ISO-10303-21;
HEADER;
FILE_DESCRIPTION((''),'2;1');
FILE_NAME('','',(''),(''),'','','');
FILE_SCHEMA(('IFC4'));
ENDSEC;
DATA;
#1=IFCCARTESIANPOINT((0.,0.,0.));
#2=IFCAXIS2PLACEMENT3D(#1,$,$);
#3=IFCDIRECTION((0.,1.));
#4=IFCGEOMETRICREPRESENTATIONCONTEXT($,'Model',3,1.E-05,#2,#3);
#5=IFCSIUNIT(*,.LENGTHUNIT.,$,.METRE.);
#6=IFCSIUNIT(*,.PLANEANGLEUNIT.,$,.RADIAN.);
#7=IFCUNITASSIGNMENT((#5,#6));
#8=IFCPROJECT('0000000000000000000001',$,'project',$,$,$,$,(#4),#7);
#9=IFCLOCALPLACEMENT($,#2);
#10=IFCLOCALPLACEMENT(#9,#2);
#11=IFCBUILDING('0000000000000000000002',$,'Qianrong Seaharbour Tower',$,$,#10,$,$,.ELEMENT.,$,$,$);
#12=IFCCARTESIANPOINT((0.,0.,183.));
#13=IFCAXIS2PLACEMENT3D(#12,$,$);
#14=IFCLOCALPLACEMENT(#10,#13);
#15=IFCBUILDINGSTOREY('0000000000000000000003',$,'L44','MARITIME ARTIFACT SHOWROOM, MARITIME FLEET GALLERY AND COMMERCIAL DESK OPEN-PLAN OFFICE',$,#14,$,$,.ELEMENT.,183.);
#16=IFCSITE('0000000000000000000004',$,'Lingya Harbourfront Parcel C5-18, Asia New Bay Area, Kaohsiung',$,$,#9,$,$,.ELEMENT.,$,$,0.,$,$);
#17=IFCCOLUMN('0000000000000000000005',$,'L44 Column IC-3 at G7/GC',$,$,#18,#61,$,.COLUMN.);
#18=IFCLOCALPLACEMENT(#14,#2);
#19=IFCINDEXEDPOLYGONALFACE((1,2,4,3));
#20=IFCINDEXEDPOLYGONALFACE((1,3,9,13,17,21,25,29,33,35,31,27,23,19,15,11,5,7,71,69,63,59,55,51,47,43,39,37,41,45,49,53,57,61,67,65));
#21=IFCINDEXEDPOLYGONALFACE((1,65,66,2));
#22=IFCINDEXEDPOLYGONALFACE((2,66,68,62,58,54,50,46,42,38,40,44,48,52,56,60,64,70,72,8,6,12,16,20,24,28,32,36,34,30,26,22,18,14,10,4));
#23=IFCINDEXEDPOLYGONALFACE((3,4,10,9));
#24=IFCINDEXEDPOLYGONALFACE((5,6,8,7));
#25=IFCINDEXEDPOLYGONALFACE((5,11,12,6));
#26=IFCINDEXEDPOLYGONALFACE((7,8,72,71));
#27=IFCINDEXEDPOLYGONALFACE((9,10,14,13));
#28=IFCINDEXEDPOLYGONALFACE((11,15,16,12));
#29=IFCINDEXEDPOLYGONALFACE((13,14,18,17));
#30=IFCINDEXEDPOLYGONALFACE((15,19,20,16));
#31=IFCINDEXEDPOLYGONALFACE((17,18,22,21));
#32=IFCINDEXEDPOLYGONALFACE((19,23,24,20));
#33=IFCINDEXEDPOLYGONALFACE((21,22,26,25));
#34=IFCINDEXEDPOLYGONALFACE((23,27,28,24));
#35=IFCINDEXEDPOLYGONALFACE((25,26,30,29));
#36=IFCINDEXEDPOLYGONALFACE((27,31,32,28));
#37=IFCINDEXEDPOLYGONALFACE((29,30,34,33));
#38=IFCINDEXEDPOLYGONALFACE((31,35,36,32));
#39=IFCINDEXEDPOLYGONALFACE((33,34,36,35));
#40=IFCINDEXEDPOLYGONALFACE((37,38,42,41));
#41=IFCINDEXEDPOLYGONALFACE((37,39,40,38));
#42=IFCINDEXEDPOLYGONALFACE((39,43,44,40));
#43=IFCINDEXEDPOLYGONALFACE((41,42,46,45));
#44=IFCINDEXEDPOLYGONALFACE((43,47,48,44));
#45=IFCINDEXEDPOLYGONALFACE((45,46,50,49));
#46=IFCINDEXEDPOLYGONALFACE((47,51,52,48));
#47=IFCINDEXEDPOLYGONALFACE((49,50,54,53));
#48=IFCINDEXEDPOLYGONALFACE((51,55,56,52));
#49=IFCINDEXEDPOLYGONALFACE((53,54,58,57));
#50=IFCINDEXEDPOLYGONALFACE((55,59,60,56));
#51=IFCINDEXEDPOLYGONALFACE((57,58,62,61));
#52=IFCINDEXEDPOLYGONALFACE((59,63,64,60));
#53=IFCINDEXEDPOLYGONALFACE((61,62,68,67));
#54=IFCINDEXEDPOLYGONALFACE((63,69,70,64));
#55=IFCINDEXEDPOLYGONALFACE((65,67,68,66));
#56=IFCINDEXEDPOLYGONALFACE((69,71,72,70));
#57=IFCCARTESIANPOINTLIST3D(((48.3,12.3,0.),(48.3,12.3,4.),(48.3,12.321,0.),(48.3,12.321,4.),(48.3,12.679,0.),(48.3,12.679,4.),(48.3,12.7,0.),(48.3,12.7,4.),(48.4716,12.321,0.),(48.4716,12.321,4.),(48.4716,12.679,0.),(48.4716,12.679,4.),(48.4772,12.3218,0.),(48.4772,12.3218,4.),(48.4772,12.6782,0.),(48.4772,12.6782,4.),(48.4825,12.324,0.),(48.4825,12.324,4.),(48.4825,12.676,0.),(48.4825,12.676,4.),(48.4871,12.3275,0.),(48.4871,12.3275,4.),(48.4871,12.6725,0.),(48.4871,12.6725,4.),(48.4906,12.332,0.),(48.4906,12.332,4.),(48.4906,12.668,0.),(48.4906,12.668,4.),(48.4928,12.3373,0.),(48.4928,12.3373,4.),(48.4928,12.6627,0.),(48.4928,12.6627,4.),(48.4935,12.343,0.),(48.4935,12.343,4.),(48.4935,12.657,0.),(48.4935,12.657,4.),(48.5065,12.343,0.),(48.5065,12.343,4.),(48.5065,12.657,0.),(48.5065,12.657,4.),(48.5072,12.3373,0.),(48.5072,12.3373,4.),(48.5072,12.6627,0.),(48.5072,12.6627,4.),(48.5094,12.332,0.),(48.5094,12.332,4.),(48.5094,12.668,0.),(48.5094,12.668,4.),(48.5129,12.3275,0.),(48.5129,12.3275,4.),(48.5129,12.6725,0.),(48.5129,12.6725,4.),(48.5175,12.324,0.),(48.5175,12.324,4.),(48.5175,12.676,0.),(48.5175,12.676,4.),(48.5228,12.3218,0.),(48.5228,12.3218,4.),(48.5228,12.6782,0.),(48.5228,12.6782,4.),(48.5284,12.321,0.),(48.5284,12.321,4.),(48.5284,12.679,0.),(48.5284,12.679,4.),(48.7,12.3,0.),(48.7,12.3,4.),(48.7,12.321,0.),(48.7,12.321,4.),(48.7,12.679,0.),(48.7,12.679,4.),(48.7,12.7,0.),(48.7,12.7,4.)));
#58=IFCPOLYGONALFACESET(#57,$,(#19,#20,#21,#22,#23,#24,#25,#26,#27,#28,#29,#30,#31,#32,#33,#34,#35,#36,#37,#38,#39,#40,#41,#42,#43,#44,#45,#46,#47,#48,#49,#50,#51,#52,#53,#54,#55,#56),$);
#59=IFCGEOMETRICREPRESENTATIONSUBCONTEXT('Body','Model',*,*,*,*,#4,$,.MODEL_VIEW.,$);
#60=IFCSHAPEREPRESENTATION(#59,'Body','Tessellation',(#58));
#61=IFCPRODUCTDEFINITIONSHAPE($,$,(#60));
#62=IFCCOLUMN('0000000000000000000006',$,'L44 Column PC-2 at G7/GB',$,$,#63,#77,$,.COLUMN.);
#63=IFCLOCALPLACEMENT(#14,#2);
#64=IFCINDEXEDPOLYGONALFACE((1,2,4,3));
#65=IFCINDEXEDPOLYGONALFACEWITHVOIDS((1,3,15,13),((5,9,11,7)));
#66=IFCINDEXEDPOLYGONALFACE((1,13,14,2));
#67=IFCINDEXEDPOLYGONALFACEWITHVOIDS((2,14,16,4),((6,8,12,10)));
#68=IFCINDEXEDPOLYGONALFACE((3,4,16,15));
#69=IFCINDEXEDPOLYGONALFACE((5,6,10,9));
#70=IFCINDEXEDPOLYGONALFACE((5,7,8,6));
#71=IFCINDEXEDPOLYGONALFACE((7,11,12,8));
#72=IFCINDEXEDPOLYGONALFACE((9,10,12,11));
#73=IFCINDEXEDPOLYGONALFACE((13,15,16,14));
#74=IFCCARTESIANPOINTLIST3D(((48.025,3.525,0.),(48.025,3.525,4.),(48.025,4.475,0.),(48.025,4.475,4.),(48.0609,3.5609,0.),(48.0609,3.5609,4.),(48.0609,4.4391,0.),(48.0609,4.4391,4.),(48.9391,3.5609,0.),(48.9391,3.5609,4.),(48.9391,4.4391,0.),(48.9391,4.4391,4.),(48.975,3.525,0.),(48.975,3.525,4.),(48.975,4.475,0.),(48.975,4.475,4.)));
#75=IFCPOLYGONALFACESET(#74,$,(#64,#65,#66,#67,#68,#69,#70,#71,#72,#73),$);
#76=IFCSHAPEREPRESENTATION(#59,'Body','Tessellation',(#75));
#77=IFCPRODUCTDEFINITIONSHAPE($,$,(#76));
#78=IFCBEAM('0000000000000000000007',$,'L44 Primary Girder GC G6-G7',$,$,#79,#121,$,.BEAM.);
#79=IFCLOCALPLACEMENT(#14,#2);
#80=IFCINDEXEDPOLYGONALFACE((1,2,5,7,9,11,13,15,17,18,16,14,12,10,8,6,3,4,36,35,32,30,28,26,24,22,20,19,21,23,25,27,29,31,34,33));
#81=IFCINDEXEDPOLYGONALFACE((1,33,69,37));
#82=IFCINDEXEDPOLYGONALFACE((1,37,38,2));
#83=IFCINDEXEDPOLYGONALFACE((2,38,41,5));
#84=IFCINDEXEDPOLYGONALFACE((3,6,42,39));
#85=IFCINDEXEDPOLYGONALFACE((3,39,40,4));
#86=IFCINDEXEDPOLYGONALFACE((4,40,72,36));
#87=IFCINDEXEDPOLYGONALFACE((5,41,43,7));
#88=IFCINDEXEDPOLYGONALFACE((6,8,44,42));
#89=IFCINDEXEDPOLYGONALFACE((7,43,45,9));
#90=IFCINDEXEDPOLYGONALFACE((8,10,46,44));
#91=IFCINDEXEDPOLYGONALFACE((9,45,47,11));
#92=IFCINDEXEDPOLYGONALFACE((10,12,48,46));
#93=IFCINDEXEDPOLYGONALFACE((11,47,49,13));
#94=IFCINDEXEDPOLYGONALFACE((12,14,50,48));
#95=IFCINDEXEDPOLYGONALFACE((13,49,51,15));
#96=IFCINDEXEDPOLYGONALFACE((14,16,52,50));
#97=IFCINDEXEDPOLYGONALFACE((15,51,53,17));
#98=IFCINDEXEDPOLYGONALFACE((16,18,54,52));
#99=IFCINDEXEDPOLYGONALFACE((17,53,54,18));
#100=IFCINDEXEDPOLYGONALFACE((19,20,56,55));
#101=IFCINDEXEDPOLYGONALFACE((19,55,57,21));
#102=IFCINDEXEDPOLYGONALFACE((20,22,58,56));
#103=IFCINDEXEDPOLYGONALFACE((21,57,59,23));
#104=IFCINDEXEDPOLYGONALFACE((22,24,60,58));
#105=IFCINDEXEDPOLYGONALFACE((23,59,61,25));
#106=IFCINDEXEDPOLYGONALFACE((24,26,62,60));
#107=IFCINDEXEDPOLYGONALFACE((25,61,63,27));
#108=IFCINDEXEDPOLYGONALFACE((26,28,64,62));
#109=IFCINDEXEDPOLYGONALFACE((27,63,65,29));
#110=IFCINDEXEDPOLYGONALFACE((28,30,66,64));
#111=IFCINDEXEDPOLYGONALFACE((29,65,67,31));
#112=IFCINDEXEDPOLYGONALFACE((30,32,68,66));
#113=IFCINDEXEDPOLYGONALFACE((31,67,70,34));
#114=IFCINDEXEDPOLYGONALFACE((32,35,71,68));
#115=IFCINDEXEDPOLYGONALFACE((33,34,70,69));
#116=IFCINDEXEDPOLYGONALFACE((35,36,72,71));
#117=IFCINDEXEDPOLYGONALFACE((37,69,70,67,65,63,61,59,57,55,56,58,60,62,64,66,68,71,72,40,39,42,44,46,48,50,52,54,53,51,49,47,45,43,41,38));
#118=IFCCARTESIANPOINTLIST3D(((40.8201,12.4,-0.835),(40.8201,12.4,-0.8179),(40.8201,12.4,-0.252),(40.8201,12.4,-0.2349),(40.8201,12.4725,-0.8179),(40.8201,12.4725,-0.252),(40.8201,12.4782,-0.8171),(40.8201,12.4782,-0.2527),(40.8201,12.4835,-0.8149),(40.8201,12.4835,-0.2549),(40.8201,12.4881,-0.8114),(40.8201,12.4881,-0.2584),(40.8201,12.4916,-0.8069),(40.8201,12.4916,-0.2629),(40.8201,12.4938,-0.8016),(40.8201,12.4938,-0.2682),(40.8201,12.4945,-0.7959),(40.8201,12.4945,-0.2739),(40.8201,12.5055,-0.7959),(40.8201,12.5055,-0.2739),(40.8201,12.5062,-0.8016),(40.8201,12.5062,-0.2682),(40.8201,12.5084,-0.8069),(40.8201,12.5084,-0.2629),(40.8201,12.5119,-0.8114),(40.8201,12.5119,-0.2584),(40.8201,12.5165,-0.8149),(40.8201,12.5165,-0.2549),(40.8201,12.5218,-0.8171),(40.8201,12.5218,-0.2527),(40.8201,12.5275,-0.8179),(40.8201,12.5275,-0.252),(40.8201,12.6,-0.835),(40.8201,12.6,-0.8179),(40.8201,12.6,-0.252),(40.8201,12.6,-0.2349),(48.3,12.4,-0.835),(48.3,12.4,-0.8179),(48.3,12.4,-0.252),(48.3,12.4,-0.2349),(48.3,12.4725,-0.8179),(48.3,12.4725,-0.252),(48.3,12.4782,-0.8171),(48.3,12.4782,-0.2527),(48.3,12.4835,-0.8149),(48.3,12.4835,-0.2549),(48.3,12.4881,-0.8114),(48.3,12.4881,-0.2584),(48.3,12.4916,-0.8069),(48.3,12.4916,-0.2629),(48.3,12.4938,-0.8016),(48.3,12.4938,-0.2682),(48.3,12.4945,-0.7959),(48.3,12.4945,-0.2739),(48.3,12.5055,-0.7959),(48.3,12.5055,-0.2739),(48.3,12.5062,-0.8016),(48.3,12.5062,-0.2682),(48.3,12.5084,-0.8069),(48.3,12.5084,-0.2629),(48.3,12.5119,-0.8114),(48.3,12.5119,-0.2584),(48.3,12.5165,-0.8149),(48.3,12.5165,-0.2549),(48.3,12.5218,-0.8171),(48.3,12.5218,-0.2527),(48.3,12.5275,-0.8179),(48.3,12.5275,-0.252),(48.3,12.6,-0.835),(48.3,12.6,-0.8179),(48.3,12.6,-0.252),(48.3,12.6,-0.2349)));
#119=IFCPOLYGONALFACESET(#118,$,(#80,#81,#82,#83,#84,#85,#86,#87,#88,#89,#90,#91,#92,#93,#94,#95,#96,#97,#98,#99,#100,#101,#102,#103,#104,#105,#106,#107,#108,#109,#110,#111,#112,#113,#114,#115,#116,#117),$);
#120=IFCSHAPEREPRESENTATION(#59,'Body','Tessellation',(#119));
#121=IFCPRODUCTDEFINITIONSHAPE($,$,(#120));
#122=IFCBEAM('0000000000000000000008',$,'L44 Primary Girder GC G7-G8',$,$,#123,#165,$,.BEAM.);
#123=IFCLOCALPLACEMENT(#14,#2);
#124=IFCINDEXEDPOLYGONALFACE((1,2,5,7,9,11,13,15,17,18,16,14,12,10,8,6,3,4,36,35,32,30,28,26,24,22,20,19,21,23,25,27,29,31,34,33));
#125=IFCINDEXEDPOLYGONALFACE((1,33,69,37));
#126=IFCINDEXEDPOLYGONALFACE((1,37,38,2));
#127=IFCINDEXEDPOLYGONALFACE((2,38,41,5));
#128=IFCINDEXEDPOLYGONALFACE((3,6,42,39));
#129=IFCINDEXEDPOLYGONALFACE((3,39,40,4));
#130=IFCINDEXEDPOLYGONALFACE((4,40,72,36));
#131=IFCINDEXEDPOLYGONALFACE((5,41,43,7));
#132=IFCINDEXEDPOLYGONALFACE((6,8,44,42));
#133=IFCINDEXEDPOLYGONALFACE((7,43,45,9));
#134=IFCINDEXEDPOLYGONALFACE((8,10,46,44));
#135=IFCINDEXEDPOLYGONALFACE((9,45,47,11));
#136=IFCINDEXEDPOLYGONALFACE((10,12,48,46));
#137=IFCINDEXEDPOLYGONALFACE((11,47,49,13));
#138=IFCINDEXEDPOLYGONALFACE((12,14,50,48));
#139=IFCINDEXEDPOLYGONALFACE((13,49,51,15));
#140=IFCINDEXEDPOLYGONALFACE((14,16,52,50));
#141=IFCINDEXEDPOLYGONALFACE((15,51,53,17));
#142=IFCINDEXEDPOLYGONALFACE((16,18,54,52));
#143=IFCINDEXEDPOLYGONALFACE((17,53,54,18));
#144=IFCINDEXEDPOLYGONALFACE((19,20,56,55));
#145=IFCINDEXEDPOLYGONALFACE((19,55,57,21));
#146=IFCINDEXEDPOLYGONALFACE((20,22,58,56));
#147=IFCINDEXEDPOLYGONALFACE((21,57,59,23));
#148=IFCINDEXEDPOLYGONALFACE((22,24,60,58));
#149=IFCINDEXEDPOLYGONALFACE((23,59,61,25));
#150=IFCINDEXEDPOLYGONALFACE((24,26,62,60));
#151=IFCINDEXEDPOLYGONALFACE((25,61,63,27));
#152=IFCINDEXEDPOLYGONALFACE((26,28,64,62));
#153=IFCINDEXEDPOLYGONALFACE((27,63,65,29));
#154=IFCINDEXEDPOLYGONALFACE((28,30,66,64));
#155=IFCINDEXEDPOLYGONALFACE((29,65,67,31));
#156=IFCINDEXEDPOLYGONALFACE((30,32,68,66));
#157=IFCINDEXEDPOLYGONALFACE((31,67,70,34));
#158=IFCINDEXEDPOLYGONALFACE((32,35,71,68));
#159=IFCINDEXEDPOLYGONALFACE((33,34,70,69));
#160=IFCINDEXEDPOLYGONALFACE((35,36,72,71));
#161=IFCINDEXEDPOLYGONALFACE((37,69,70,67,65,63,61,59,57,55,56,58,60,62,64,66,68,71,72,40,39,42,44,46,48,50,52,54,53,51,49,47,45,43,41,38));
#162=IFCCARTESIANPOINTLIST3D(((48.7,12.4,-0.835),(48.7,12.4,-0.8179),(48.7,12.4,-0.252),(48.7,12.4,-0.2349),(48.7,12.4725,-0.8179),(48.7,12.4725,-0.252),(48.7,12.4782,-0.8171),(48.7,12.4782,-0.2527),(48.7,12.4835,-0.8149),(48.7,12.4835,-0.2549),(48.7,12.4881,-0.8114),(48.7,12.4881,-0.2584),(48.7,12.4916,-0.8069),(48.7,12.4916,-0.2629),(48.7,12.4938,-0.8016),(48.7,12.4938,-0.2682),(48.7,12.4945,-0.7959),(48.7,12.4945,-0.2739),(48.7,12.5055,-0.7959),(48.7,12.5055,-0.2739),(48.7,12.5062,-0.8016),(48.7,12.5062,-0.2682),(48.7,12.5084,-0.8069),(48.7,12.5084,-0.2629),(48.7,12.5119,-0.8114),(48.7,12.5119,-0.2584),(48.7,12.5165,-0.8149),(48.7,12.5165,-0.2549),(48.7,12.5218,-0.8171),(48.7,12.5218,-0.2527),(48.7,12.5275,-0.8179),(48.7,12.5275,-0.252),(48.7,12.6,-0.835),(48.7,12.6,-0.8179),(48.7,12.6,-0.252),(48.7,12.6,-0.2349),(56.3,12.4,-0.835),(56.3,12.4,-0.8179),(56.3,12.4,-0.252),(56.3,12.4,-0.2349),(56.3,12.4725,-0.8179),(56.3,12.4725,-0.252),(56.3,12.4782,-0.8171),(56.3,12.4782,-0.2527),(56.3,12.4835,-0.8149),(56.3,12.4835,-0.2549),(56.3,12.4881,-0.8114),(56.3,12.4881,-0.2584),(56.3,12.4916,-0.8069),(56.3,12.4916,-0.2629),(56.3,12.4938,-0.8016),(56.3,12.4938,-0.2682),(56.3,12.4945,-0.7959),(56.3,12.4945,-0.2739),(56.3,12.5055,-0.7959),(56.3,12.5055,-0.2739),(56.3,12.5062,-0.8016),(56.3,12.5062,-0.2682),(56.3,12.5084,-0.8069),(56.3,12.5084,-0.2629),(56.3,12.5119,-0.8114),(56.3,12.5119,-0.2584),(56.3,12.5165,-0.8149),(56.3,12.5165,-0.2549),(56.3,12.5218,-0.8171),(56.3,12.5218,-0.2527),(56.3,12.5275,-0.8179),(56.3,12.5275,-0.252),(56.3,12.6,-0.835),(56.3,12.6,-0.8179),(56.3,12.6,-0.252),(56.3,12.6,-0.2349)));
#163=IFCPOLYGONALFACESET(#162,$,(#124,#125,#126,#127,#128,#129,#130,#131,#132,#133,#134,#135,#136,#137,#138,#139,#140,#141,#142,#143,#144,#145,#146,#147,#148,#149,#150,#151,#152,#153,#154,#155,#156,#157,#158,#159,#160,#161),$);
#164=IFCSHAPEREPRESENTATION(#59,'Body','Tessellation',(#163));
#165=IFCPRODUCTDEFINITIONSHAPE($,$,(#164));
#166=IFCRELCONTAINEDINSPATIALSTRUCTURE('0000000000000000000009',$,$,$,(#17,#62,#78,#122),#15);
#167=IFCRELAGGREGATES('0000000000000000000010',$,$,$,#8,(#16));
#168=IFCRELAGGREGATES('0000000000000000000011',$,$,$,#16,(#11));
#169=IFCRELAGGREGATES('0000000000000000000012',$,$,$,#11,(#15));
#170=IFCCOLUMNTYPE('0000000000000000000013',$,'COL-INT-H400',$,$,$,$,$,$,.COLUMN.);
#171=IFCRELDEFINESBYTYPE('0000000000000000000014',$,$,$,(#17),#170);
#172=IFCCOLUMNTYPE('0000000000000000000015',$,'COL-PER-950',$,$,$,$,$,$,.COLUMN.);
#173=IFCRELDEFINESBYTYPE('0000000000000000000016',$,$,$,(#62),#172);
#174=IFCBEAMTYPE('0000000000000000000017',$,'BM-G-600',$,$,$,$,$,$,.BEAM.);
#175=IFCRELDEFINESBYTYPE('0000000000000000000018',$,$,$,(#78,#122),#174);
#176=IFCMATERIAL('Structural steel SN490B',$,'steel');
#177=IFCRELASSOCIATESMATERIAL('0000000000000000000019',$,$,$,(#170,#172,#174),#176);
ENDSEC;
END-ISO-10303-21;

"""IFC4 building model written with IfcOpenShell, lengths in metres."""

from ifc_helpers import new_model, si_unit, direction, frame, origin, origin_2d, place, context, subcontext, project, spatial, hollow_rectangle, i_section, extrude, material, material_profile, profile_set, type_object, element, save


model = new_model("IFC4")

# Units and contexts
model_context = context("Model", 3, precision=1e-05, world=origin(), true_north=direction((0.0, 1.0)))
body_context = subcontext(model_context, "Body", "Model", "MODEL_VIEW")
ifc_project = project(units=[si_unit("LENGTHUNIT", "METRE"), si_unit("PLANEANGLEUNIT", "RADIAN")], contexts=[model_context])

# Site, building, storey
site_placement = place(None, origin())
site = spatial("IfcSite", under=ifc_project, at=site_placement, Name="Lingya Harbourfront Parcel C5-18, Asia New Bay Area, Kaohsiung", CompositionType="ELEMENT", RefElevation=0.0)
building_placement = place(site_placement, origin())
building = spatial("IfcBuilding", under=site, at=building_placement, Name="Qianrong Seaharbour Tower", CompositionType="ELEMENT")
storey_placement = place(building_placement, frame((0.0, 0.0, 183.0)))
storey = spatial("IfcBuildingStorey", under=building, at=storey_placement, Name="L44", Description="MARITIME ARTIFACT SHOWROOM, MARITIME FLEET GALLERY AND COMMERCIAL DESK OPEN-PLAN OFFICE", CompositionType="ELEMENT", Elevation=183.0)

# Columns
ifc_material_1 = material(Name="Structural steel SN490B", Category="steel")
ifc_material_profile_1 = material_profile(ifc_material_1, i_section(OverallWidth=0.3999, OverallDepth=0.3999, WebThickness=0.0129, FlangeThickness=0.021, FilletRadius=0.022, at=origin_2d()), Name="H400x400x13x21")
ifc_profile_set_1 = profile_set([ifc_material_profile_1], Name="Structural steel SN490B")
column_type_1 = type_object("IfcColumnType", Name="COL-INT-H400", PredefinedType="COLUMN", material=ifc_profile_set_1)
column_1_placement = place(storey_placement, frame((48.5, 12.5, 0.0), z_axis=(0.0, 0.0, 1.0), x_axis=(1.0, 0.0, 0.0)))
element("IfcColumn", 1, at=column_1_placement, inside=storey, type_object=column_type_1, Name="L44 Column IC-3 at G7/GC", PredefinedType="COLUMN", context=body_context, shape_type="SweptSolid", body=[
    extrude(i_section(OverallWidth=0.3999, OverallDepth=0.3999, WebThickness=0.0129, FlangeThickness=0.021, FilletRadius=0.022, at=origin_2d()), origin(), (0.0, 0.0, 1.0), 4.0),
])
ifc_material_profile_2 = material_profile(ifc_material_1, hollow_rectangle(XDim=0.95, YDim=0.95, WallThickness=0.0359, at=origin_2d()), Name="BOX950x950x36")
ifc_profile_set_2 = profile_set([ifc_material_profile_2], Name="Structural steel SN490B")
column_type_2 = type_object("IfcColumnType", Name="COL-PER-950", PredefinedType="COLUMN", material=ifc_profile_set_2)
column_2_placement = place(storey_placement, frame((48.5, 4.0, 0.0), z_axis=(0.0, 0.0, 1.0), x_axis=(1.0, 0.0, 0.0)))
element("IfcColumn", 2, at=column_2_placement, inside=storey, type_object=column_type_2, Name="L44 Column PC-2 at G7/GB", PredefinedType="COLUMN", context=body_context, shape_type="SweptSolid", body=[
    extrude(hollow_rectangle(XDim=0.95, YDim=0.95, WallThickness=0.0359, at=origin_2d()), origin(), (0.0, 0.0, 1.0), 4.0),
])

# Beams
ifc_material_profile_3 = material_profile(ifc_material_1, i_section(OverallWidth=0.2, OverallDepth=0.6001, WebThickness=0.011, FlangeThickness=0.0171, FilletRadius=0.022, at=origin_2d()), Name="H600x200x11x17")
ifc_profile_set_3 = profile_set([ifc_material_profile_3], Name="Structural steel SN490B")
beam_type_1 = type_object("IfcBeamType", Name="BM-G-600", PredefinedType="BEAM", material=ifc_profile_set_3)
beam_1_placement = place(storey_placement, frame((40.8201, 12.5, -0.5349), z_axis=(1.0, 0.0, 0.0), x_axis=(0.0, 1.0, 0.0)))
element("IfcBeam", 3, at=beam_1_placement, inside=storey, type_object=beam_type_1, Name="L44 Primary Girder GC G6-G7", PredefinedType="BEAM", context=body_context, shape_type="SweptSolid", body=[
    extrude(i_section(OverallWidth=0.2, OverallDepth=0.6001, WebThickness=0.011, FlangeThickness=0.0171, FilletRadius=0.022, at=origin_2d()), origin(), (0.0, 0.0, 1.0), 7.48),
])
beam_2_placement = place(storey_placement, frame((48.7, 12.5, -0.5349), z_axis=(1.0, 0.0, 0.0), x_axis=(0.0, 1.0, 0.0)))
element("IfcBeam", 4, at=beam_2_placement, inside=storey, type_object=beam_type_1, Name="L44 Primary Girder GC G7-G8", PredefinedType="BEAM", context=body_context, shape_type="SweptSolid", body=[
    extrude(i_section(OverallWidth=0.2, OverallDepth=0.6001, WebThickness=0.011, FlangeThickness=0.0171, FilletRadius=0.022, at=origin_2d()), origin(), (0.0, 0.0, 1.0), 7.6001),
])

save(model, "model.ifc")
